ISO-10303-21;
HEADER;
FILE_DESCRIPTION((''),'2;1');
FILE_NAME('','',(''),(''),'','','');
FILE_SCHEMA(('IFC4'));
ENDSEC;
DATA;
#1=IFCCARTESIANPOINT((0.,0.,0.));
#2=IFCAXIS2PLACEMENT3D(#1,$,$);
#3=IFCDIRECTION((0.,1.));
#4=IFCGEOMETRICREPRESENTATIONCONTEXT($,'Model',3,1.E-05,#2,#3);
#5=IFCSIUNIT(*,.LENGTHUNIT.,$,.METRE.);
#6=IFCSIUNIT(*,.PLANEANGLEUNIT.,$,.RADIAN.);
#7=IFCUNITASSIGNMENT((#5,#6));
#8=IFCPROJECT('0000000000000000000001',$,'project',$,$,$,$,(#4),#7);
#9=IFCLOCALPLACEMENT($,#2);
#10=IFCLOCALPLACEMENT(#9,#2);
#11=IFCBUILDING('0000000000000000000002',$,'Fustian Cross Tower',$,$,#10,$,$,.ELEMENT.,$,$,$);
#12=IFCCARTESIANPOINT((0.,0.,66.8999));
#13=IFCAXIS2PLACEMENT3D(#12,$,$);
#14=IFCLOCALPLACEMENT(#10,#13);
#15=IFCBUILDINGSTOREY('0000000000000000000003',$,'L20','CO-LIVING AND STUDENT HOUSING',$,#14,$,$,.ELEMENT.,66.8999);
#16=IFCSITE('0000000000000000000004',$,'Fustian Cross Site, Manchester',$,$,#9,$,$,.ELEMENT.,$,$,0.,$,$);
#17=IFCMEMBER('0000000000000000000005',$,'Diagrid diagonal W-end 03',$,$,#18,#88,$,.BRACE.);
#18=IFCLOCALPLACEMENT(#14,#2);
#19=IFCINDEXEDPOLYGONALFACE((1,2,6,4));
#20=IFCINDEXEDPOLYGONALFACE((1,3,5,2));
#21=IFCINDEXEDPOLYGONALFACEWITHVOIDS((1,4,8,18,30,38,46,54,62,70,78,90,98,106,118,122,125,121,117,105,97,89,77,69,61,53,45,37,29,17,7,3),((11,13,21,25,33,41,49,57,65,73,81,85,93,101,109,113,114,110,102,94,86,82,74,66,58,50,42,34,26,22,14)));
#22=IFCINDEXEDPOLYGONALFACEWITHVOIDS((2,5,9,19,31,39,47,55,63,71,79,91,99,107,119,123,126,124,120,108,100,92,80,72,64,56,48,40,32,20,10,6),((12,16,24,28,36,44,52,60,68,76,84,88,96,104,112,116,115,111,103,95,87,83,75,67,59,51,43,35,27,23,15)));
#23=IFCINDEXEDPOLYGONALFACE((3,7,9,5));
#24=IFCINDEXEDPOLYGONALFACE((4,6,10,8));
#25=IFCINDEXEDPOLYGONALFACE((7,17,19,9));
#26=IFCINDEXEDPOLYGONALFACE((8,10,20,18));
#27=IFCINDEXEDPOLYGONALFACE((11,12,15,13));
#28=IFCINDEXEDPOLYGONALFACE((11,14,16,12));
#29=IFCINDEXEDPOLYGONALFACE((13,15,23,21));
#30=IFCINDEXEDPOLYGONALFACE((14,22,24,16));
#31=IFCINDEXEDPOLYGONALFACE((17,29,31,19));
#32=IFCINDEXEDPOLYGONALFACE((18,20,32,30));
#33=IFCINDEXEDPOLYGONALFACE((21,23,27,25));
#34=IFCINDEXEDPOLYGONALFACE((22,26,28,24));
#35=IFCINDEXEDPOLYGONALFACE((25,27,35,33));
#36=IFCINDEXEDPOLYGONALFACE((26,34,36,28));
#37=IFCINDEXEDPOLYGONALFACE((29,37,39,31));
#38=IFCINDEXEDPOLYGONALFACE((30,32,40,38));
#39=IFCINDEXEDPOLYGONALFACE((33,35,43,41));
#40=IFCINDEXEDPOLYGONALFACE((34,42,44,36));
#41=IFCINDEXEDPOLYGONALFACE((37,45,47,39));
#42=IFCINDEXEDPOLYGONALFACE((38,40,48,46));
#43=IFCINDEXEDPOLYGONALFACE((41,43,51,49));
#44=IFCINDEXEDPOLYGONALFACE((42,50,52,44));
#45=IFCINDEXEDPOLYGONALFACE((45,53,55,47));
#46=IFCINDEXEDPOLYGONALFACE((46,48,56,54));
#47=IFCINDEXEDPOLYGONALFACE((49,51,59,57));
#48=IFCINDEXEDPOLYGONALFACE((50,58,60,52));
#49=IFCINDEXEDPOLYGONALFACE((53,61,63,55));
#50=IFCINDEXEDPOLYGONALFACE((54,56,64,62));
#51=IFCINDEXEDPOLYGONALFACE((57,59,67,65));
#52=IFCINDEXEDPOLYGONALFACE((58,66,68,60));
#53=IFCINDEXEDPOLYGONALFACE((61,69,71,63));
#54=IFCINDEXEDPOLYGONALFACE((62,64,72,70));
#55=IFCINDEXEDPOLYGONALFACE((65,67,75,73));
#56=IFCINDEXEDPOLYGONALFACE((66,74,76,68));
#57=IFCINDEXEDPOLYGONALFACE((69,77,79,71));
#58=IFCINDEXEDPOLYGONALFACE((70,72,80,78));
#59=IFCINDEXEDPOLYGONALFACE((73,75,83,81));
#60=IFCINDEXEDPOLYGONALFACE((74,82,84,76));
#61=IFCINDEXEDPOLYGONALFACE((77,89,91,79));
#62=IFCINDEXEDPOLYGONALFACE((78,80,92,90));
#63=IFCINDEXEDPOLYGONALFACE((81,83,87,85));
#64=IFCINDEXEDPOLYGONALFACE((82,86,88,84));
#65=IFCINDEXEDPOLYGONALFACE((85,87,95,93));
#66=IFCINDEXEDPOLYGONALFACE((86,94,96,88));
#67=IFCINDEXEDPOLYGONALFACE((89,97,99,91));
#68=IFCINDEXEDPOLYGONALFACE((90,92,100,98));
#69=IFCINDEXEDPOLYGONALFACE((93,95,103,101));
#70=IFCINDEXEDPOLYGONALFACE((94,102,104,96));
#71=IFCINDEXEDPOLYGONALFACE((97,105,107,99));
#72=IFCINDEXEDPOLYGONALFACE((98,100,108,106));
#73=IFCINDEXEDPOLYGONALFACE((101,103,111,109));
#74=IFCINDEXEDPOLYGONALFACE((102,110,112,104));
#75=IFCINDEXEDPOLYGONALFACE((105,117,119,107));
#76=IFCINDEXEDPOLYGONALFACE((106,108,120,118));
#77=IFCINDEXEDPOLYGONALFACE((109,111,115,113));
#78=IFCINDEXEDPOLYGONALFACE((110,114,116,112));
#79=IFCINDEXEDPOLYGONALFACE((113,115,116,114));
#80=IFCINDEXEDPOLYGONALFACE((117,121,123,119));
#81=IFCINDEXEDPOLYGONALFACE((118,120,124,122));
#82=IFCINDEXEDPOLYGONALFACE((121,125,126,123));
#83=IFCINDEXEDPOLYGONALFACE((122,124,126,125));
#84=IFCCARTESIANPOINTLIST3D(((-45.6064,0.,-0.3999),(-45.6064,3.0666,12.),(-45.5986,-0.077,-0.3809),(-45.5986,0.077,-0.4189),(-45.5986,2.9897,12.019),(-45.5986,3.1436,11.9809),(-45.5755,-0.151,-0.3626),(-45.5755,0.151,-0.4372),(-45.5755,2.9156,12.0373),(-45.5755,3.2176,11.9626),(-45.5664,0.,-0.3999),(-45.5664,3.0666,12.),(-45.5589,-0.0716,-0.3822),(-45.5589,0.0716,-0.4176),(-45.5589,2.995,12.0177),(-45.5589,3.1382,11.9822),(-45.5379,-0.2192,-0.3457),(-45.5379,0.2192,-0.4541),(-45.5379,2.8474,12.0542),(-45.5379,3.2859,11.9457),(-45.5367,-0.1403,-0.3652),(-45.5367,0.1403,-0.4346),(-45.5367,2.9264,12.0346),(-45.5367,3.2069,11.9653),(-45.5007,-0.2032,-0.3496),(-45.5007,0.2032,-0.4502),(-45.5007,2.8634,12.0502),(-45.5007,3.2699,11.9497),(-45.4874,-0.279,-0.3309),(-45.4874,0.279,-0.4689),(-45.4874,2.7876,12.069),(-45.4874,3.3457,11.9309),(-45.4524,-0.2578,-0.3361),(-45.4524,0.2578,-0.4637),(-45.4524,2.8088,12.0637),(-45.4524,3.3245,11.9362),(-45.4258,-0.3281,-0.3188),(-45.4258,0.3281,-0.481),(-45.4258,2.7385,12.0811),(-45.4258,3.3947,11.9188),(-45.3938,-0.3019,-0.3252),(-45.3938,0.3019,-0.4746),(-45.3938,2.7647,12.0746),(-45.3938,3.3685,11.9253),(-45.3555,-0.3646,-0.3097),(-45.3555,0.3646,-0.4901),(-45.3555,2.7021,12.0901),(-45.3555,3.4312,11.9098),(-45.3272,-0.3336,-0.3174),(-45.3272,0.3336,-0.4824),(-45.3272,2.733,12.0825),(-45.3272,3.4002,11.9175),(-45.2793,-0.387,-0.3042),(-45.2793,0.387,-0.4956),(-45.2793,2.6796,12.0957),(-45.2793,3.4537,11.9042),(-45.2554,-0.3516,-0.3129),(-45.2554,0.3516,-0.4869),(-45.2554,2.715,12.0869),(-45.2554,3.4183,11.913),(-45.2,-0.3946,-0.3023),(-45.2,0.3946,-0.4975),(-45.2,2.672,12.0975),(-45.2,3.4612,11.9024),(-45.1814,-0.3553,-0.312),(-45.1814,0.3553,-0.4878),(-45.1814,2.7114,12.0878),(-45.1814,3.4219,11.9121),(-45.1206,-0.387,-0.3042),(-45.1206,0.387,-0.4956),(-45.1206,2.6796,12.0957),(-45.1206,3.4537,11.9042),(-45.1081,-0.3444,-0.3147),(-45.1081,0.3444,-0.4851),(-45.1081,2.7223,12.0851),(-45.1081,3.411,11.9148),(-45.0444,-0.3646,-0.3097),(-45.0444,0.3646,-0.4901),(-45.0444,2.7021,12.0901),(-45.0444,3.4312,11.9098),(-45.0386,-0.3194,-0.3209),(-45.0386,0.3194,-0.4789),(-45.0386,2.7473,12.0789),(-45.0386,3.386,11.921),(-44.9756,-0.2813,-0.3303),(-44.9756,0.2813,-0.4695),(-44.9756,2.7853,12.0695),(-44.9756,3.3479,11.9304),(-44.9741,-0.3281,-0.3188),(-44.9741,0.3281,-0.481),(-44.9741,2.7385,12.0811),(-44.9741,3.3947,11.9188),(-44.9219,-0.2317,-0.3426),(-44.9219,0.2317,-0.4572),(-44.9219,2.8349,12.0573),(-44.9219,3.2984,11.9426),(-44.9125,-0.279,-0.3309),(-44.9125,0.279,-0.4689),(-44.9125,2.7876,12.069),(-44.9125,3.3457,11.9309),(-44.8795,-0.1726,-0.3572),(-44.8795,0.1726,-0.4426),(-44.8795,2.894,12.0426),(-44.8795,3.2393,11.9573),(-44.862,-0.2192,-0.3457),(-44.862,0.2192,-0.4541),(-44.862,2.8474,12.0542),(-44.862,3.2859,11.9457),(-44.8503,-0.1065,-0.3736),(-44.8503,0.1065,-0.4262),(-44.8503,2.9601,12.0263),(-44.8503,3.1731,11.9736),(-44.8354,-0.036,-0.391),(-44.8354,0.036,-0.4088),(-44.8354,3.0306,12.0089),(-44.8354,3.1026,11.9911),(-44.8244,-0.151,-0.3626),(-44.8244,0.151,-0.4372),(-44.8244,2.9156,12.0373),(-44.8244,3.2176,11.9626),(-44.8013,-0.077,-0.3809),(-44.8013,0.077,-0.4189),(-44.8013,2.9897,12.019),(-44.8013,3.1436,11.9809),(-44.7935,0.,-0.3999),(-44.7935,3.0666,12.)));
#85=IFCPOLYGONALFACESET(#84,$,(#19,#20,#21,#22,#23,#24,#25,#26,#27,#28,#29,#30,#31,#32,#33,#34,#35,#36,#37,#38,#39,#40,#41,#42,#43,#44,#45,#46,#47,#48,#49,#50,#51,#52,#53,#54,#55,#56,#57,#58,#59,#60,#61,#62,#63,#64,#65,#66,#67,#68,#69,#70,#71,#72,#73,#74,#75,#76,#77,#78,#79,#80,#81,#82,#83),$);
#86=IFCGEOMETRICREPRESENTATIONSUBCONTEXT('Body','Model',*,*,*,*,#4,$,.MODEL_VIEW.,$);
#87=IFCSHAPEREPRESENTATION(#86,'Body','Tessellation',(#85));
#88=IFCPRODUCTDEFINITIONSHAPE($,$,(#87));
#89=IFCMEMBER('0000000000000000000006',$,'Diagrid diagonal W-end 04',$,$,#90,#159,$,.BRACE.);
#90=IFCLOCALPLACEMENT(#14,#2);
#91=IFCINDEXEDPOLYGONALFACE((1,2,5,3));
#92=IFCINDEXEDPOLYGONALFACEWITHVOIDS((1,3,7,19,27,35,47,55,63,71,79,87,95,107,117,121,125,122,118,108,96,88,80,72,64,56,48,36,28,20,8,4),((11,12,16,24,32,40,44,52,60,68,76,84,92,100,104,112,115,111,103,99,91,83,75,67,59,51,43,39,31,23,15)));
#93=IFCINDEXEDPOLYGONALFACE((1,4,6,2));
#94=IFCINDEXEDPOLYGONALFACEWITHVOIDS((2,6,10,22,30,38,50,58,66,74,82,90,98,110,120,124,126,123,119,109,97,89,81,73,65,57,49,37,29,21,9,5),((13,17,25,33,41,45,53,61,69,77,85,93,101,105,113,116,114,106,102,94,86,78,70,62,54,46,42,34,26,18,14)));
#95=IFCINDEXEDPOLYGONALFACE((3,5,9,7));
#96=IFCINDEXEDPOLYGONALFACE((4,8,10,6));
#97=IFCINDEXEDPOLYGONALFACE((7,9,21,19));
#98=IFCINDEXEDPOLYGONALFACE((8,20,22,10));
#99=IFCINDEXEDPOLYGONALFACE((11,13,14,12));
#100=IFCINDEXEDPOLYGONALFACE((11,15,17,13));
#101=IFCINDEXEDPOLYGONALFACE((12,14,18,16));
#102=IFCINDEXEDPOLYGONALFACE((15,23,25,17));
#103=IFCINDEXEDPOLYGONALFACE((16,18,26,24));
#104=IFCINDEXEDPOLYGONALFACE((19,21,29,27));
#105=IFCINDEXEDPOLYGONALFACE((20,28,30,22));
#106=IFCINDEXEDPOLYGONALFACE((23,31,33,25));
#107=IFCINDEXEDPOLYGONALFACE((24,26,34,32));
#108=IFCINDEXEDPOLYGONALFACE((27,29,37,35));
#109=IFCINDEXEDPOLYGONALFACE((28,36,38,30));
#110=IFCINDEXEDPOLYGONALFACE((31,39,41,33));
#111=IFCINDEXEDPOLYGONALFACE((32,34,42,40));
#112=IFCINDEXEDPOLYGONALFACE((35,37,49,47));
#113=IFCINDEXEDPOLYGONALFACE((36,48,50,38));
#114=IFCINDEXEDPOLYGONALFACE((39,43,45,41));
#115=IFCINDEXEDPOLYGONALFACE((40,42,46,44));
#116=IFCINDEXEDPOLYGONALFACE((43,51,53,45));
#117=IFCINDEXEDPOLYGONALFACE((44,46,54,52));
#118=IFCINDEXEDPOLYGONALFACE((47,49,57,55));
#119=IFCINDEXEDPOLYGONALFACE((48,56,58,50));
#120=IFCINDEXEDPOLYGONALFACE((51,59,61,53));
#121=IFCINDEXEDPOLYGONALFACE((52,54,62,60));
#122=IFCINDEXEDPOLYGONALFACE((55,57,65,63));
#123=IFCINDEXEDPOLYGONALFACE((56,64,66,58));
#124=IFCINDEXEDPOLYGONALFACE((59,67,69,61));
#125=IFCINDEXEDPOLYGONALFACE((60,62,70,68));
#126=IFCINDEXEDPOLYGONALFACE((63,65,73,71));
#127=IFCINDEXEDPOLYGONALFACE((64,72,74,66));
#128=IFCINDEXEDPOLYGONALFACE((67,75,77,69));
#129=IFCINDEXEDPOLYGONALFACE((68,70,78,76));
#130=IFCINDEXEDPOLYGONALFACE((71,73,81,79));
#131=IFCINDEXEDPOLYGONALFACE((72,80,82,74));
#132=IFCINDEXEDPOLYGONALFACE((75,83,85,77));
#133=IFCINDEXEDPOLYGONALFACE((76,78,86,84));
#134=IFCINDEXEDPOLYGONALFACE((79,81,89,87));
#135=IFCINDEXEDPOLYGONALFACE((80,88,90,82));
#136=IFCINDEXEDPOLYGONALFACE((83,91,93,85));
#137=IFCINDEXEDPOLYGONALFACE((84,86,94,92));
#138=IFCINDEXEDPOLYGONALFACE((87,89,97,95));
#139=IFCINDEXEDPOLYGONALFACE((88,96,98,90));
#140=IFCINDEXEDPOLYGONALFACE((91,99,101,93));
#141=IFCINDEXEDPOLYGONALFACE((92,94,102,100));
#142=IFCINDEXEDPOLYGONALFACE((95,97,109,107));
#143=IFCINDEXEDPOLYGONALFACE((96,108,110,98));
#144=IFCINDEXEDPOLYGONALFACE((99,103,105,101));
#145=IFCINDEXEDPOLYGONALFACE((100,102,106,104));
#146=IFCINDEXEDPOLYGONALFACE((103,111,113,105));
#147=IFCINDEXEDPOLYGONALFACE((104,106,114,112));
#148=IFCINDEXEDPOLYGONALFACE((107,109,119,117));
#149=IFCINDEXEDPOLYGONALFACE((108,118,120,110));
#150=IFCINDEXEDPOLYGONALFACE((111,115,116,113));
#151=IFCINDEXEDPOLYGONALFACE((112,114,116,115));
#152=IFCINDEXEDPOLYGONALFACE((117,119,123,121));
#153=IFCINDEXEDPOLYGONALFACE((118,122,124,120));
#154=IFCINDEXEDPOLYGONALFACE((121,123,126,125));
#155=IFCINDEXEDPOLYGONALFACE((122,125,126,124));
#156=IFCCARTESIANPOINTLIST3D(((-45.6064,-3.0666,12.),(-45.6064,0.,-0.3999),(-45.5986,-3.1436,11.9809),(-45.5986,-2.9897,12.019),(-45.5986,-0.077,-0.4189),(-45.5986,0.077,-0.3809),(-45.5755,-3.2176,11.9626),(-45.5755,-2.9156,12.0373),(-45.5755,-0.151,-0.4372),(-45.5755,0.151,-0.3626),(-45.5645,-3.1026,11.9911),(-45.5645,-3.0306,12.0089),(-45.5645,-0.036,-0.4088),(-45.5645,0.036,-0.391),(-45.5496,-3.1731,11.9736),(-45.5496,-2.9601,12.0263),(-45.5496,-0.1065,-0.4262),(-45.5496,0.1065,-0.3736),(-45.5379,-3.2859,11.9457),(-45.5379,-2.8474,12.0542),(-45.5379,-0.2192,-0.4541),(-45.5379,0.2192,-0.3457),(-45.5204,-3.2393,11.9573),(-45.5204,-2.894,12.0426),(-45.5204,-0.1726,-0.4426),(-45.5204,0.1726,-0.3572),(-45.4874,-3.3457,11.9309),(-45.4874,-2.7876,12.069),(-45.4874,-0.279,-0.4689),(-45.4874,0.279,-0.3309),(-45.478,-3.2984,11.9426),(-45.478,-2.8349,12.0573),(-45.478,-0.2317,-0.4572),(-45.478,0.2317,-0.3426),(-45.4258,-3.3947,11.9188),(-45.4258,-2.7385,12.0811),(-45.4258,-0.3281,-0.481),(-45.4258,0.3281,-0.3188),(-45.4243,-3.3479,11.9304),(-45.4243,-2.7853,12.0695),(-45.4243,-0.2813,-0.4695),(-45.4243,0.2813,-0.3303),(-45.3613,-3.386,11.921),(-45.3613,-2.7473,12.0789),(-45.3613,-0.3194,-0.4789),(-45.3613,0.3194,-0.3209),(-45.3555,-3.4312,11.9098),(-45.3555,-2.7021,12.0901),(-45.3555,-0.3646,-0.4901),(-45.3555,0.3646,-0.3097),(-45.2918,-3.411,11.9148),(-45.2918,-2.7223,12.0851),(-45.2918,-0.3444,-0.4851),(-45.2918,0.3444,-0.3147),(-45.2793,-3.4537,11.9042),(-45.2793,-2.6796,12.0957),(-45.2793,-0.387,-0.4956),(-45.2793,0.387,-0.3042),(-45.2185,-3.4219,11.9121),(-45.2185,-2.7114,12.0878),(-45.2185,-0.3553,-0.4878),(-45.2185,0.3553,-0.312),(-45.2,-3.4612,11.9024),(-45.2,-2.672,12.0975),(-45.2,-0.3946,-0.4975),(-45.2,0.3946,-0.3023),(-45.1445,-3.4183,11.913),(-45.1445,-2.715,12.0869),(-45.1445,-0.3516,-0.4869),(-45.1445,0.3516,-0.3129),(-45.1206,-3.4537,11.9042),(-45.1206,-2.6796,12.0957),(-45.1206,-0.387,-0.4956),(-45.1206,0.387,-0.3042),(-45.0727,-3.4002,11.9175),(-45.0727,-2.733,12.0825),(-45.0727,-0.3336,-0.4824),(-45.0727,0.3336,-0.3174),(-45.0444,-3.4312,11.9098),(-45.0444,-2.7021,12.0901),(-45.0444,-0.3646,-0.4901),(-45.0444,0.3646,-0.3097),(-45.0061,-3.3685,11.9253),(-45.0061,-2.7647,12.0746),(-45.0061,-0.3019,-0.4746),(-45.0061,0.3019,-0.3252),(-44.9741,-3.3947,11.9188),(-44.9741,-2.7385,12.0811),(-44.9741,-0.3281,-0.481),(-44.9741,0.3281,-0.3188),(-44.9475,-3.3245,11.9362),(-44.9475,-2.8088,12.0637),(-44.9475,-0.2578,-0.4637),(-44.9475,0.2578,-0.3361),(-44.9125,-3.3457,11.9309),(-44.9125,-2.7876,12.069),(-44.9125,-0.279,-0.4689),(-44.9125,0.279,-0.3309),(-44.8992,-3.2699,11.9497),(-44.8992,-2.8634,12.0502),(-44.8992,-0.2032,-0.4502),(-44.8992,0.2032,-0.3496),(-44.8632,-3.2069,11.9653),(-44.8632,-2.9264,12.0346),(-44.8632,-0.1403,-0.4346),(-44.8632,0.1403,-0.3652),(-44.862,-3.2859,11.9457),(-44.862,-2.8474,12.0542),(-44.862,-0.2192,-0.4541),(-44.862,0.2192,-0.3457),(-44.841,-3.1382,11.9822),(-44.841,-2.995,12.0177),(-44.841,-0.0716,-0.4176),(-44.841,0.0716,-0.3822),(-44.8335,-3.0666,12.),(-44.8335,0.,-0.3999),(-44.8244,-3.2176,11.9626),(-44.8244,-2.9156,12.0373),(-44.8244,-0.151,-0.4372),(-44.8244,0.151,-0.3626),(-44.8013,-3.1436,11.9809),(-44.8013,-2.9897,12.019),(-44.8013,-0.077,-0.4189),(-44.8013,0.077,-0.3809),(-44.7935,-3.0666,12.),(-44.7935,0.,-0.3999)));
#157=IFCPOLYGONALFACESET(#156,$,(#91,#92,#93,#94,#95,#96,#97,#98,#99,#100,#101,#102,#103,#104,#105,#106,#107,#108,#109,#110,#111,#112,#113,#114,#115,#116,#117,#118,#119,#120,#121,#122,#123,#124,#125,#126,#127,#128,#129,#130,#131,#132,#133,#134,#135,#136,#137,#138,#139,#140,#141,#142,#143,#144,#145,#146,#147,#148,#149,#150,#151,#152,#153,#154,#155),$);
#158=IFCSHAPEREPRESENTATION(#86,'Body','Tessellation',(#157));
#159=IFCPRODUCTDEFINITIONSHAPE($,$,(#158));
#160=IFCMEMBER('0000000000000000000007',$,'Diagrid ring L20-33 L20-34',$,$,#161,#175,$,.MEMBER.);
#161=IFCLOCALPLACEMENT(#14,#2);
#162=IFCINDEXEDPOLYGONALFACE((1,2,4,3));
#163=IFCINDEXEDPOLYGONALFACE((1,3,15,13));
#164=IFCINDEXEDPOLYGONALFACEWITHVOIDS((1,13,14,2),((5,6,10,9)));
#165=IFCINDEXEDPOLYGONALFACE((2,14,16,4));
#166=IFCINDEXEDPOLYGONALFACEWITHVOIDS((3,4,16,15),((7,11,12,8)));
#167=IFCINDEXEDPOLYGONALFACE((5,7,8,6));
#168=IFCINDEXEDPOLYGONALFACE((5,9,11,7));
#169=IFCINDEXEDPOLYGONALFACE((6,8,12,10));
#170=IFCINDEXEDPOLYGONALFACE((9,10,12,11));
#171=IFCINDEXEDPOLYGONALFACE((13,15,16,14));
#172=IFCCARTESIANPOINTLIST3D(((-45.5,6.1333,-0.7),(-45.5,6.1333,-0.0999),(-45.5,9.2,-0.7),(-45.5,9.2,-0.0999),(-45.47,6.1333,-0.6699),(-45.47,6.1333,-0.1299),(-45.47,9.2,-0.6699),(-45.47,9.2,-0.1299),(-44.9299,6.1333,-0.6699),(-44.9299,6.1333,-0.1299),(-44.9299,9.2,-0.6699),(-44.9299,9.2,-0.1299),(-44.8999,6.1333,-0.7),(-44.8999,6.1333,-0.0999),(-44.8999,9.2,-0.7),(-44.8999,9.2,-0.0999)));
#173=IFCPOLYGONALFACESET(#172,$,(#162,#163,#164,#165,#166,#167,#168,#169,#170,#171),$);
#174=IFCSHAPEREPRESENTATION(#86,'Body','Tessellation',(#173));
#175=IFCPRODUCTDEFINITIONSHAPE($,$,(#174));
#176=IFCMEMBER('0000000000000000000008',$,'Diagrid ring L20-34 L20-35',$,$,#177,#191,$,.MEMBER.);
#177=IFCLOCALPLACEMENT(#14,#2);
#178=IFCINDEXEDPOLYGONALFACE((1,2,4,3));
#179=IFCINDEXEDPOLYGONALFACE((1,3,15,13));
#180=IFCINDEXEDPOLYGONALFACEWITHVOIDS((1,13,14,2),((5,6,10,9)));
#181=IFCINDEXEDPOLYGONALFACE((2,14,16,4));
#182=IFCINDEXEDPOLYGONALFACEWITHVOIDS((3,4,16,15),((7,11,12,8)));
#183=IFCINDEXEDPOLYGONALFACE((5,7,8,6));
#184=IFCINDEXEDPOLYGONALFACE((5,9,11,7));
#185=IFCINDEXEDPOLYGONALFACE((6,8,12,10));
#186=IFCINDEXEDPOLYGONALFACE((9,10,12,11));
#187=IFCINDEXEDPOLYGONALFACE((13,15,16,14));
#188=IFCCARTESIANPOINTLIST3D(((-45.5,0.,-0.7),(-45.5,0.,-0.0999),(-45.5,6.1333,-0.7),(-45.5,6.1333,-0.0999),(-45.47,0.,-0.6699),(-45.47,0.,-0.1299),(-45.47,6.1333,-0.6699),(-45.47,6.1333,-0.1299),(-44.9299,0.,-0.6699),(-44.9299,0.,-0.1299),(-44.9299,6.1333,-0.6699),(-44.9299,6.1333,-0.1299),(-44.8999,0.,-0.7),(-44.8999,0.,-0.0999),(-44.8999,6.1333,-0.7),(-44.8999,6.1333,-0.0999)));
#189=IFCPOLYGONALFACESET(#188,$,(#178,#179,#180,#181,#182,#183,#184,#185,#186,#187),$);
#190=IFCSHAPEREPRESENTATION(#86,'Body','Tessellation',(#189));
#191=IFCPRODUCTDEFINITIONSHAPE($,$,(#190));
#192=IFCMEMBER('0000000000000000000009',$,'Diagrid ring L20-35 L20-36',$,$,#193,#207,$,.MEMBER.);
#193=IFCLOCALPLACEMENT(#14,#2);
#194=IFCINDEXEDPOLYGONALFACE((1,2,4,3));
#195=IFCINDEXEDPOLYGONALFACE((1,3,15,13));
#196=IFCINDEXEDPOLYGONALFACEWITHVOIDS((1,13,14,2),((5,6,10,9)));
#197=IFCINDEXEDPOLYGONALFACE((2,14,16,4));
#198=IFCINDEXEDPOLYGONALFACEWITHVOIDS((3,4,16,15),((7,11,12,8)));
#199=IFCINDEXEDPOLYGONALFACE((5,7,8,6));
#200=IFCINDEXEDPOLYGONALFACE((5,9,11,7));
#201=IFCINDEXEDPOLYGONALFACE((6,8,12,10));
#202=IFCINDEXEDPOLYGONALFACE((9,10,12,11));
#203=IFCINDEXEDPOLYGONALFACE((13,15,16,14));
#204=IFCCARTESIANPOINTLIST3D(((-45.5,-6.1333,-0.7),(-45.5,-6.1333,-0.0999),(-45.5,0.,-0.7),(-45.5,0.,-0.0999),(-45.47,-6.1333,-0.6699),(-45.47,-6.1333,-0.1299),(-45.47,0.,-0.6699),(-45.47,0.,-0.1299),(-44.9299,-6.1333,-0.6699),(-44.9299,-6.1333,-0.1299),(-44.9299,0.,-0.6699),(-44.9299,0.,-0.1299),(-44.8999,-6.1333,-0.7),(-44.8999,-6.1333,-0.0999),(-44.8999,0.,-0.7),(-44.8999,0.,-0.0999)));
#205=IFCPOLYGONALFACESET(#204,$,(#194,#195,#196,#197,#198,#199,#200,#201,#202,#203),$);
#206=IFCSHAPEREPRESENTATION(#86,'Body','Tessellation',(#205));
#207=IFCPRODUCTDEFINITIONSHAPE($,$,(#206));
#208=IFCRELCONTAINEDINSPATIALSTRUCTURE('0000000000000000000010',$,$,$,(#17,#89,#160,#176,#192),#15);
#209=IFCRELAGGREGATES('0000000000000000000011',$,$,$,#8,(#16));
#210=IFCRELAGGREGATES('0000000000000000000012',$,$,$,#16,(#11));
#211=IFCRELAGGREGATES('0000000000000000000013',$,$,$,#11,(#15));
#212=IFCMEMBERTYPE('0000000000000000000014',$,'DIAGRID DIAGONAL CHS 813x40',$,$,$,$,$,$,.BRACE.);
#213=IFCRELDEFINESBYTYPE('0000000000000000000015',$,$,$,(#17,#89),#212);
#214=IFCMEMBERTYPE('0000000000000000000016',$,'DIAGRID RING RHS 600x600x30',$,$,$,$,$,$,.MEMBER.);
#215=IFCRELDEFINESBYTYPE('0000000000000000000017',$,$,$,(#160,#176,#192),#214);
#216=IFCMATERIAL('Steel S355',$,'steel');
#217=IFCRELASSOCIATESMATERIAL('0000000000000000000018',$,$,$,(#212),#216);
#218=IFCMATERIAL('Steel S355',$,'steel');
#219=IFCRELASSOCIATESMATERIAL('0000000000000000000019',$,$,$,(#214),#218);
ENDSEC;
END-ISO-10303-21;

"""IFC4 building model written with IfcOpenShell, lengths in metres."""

from ifc_helpers import new_model, si_unit, direction, frame, origin, origin_2d, place, context, subcontext, project, spatial, hollow_rectangle, hollow_circle, extrude, material, material_profile, profile_set, type_object, element, save


model = new_model("IFC4")

# Units and contexts
model_context = context("Model", 3, precision=1e-05, world=origin(), true_north=direction((0.0, 1.0)))
body_context = subcontext(model_context, "Body", "Model", "MODEL_VIEW")
ifc_project = project(units=[si_unit("LENGTHUNIT", "METRE"), si_unit("PLANEANGLEUNIT", "RADIAN")], contexts=[model_context])

# Site, building, storey
site_placement = place(None, origin())
site = spatial("IfcSite", under=ifc_project, at=site_placement, Name="Fustian Cross Site, Manchester", CompositionType="ELEMENT", RefElevation=0.0)
building_placement = place(site_placement, origin())
building = spatial("IfcBuilding", under=site, at=building_placement, Name="Fustian Cross Tower", CompositionType="ELEMENT")
storey_placement = place(building_placement, frame((0.0, 0.0, 66.8999)))
storey = spatial("IfcBuildingStorey", under=building, at=storey_placement, Name="L20", Description="CO-LIVING AND STUDENT HOUSING", CompositionType="ELEMENT", Elevation=66.8999)

# Members
ifc_material_1 = material(Name="Steel S355", Category="steel")
ifc_material_profile_1 = material_profile(ifc_material_1, hollow_circle(Radius=0.4065, WallThickness=0.04, at=origin_2d()), Name="CHS 813x40")
ifc_profile_set_1 = profile_set([ifc_material_profile_1], Name="Steel S355")
member_type_1 = type_object("IfcMemberType", Name="DIAGRID DIAGONAL CHS 813x40", PredefinedType="BRACE", material=ifc_profile_set_1)
for number, where, z_axis, x_axis, name in (
    (1, (-45.2, 0.0, -0.3999), (0.0, 0.240079, 0.970753), (-1.0, 0.0, 0.0), "Diagrid diagonal W-end 03"),
    (2, (-45.2, 0.0, -0.3999), (0.0, -0.240079, 0.970753), (1.0, 0.0, 0.0), "Diagrid diagonal W-end 04"),
):
    element("IfcMember", number, at=place(storey_placement, frame(where, z_axis=z_axis, x_axis=x_axis)), inside=storey, type_object=member_type_1, Name=name, PredefinedType="BRACE", context=body_context, shape_type="SweptSolid", body=[
        extrude(hollow_circle(Radius=0.4065, WallThickness=0.04, at=origin_2d()), origin(), (0.0, 0.0, 1.0), 12.7734),
    ])
ifc_material_2 = material(Name="Steel S355", Category="steel")
ifc_material_profile_2 = material_profile(ifc_material_2, hollow_rectangle(XDim=0.6001, YDim=0.6001, WallThickness=0.03, at=origin_2d()), Name="RHS 600x600x30")
ifc_profile_set_2 = profile_set([ifc_material_profile_2], Name="Steel S355")
member_type_2 = type_object("IfcMemberType", Name="DIAGRID RING RHS 600x600x30", PredefinedType="MEMBER", material=ifc_profile_set_2)
member_placement = place(storey_placement, frame((-45.2, 9.2, -0.3999), z_axis=(0.0, -1.0, 0.0), x_axis=(1.0, 0.0, 0.0)))
element("IfcMember", 3, at=member_placement, inside=storey, type_object=member_type_2, Name="Diagrid ring L20-33 L20-34", PredefinedType="MEMBER", context=body_context, shape_type="SweptSolid", body=[
    extrude(hollow_rectangle(XDim=0.6001, YDim=0.6001, WallThickness=0.03, at=origin_2d()), origin(), (0.0, 0.0, 1.0), 3.0667),
])
for number, where, z_axis, x_axis, name in (
    (4, (-45.2, 6.1333, -0.3999), (0.0, -1.0, 0.0), (1.0, 0.0, 0.0), "Diagrid ring L20-34 L20-35"),
    (5, (-45.2, 0.0, -0.3999), (0.0, -1.0, 0.0), (1.0, 0.0, 0.0), "Diagrid ring L20-35 L20-36"),
):
    element("IfcMember", number, at=place(storey_placement, frame(where, z_axis=z_axis, x_axis=x_axis)), inside=storey, type_object=member_type_2, Name=name, PredefinedType="MEMBER", context=body_context, shape_type="SweptSolid", body=[
        extrude(hollow_rectangle(XDim=0.6001, YDim=0.6001, WallThickness=0.03, at=origin_2d()), origin(), (0.0, 0.0, 1.0), 6.1333),
    ])

save(model, "model.ifc")
